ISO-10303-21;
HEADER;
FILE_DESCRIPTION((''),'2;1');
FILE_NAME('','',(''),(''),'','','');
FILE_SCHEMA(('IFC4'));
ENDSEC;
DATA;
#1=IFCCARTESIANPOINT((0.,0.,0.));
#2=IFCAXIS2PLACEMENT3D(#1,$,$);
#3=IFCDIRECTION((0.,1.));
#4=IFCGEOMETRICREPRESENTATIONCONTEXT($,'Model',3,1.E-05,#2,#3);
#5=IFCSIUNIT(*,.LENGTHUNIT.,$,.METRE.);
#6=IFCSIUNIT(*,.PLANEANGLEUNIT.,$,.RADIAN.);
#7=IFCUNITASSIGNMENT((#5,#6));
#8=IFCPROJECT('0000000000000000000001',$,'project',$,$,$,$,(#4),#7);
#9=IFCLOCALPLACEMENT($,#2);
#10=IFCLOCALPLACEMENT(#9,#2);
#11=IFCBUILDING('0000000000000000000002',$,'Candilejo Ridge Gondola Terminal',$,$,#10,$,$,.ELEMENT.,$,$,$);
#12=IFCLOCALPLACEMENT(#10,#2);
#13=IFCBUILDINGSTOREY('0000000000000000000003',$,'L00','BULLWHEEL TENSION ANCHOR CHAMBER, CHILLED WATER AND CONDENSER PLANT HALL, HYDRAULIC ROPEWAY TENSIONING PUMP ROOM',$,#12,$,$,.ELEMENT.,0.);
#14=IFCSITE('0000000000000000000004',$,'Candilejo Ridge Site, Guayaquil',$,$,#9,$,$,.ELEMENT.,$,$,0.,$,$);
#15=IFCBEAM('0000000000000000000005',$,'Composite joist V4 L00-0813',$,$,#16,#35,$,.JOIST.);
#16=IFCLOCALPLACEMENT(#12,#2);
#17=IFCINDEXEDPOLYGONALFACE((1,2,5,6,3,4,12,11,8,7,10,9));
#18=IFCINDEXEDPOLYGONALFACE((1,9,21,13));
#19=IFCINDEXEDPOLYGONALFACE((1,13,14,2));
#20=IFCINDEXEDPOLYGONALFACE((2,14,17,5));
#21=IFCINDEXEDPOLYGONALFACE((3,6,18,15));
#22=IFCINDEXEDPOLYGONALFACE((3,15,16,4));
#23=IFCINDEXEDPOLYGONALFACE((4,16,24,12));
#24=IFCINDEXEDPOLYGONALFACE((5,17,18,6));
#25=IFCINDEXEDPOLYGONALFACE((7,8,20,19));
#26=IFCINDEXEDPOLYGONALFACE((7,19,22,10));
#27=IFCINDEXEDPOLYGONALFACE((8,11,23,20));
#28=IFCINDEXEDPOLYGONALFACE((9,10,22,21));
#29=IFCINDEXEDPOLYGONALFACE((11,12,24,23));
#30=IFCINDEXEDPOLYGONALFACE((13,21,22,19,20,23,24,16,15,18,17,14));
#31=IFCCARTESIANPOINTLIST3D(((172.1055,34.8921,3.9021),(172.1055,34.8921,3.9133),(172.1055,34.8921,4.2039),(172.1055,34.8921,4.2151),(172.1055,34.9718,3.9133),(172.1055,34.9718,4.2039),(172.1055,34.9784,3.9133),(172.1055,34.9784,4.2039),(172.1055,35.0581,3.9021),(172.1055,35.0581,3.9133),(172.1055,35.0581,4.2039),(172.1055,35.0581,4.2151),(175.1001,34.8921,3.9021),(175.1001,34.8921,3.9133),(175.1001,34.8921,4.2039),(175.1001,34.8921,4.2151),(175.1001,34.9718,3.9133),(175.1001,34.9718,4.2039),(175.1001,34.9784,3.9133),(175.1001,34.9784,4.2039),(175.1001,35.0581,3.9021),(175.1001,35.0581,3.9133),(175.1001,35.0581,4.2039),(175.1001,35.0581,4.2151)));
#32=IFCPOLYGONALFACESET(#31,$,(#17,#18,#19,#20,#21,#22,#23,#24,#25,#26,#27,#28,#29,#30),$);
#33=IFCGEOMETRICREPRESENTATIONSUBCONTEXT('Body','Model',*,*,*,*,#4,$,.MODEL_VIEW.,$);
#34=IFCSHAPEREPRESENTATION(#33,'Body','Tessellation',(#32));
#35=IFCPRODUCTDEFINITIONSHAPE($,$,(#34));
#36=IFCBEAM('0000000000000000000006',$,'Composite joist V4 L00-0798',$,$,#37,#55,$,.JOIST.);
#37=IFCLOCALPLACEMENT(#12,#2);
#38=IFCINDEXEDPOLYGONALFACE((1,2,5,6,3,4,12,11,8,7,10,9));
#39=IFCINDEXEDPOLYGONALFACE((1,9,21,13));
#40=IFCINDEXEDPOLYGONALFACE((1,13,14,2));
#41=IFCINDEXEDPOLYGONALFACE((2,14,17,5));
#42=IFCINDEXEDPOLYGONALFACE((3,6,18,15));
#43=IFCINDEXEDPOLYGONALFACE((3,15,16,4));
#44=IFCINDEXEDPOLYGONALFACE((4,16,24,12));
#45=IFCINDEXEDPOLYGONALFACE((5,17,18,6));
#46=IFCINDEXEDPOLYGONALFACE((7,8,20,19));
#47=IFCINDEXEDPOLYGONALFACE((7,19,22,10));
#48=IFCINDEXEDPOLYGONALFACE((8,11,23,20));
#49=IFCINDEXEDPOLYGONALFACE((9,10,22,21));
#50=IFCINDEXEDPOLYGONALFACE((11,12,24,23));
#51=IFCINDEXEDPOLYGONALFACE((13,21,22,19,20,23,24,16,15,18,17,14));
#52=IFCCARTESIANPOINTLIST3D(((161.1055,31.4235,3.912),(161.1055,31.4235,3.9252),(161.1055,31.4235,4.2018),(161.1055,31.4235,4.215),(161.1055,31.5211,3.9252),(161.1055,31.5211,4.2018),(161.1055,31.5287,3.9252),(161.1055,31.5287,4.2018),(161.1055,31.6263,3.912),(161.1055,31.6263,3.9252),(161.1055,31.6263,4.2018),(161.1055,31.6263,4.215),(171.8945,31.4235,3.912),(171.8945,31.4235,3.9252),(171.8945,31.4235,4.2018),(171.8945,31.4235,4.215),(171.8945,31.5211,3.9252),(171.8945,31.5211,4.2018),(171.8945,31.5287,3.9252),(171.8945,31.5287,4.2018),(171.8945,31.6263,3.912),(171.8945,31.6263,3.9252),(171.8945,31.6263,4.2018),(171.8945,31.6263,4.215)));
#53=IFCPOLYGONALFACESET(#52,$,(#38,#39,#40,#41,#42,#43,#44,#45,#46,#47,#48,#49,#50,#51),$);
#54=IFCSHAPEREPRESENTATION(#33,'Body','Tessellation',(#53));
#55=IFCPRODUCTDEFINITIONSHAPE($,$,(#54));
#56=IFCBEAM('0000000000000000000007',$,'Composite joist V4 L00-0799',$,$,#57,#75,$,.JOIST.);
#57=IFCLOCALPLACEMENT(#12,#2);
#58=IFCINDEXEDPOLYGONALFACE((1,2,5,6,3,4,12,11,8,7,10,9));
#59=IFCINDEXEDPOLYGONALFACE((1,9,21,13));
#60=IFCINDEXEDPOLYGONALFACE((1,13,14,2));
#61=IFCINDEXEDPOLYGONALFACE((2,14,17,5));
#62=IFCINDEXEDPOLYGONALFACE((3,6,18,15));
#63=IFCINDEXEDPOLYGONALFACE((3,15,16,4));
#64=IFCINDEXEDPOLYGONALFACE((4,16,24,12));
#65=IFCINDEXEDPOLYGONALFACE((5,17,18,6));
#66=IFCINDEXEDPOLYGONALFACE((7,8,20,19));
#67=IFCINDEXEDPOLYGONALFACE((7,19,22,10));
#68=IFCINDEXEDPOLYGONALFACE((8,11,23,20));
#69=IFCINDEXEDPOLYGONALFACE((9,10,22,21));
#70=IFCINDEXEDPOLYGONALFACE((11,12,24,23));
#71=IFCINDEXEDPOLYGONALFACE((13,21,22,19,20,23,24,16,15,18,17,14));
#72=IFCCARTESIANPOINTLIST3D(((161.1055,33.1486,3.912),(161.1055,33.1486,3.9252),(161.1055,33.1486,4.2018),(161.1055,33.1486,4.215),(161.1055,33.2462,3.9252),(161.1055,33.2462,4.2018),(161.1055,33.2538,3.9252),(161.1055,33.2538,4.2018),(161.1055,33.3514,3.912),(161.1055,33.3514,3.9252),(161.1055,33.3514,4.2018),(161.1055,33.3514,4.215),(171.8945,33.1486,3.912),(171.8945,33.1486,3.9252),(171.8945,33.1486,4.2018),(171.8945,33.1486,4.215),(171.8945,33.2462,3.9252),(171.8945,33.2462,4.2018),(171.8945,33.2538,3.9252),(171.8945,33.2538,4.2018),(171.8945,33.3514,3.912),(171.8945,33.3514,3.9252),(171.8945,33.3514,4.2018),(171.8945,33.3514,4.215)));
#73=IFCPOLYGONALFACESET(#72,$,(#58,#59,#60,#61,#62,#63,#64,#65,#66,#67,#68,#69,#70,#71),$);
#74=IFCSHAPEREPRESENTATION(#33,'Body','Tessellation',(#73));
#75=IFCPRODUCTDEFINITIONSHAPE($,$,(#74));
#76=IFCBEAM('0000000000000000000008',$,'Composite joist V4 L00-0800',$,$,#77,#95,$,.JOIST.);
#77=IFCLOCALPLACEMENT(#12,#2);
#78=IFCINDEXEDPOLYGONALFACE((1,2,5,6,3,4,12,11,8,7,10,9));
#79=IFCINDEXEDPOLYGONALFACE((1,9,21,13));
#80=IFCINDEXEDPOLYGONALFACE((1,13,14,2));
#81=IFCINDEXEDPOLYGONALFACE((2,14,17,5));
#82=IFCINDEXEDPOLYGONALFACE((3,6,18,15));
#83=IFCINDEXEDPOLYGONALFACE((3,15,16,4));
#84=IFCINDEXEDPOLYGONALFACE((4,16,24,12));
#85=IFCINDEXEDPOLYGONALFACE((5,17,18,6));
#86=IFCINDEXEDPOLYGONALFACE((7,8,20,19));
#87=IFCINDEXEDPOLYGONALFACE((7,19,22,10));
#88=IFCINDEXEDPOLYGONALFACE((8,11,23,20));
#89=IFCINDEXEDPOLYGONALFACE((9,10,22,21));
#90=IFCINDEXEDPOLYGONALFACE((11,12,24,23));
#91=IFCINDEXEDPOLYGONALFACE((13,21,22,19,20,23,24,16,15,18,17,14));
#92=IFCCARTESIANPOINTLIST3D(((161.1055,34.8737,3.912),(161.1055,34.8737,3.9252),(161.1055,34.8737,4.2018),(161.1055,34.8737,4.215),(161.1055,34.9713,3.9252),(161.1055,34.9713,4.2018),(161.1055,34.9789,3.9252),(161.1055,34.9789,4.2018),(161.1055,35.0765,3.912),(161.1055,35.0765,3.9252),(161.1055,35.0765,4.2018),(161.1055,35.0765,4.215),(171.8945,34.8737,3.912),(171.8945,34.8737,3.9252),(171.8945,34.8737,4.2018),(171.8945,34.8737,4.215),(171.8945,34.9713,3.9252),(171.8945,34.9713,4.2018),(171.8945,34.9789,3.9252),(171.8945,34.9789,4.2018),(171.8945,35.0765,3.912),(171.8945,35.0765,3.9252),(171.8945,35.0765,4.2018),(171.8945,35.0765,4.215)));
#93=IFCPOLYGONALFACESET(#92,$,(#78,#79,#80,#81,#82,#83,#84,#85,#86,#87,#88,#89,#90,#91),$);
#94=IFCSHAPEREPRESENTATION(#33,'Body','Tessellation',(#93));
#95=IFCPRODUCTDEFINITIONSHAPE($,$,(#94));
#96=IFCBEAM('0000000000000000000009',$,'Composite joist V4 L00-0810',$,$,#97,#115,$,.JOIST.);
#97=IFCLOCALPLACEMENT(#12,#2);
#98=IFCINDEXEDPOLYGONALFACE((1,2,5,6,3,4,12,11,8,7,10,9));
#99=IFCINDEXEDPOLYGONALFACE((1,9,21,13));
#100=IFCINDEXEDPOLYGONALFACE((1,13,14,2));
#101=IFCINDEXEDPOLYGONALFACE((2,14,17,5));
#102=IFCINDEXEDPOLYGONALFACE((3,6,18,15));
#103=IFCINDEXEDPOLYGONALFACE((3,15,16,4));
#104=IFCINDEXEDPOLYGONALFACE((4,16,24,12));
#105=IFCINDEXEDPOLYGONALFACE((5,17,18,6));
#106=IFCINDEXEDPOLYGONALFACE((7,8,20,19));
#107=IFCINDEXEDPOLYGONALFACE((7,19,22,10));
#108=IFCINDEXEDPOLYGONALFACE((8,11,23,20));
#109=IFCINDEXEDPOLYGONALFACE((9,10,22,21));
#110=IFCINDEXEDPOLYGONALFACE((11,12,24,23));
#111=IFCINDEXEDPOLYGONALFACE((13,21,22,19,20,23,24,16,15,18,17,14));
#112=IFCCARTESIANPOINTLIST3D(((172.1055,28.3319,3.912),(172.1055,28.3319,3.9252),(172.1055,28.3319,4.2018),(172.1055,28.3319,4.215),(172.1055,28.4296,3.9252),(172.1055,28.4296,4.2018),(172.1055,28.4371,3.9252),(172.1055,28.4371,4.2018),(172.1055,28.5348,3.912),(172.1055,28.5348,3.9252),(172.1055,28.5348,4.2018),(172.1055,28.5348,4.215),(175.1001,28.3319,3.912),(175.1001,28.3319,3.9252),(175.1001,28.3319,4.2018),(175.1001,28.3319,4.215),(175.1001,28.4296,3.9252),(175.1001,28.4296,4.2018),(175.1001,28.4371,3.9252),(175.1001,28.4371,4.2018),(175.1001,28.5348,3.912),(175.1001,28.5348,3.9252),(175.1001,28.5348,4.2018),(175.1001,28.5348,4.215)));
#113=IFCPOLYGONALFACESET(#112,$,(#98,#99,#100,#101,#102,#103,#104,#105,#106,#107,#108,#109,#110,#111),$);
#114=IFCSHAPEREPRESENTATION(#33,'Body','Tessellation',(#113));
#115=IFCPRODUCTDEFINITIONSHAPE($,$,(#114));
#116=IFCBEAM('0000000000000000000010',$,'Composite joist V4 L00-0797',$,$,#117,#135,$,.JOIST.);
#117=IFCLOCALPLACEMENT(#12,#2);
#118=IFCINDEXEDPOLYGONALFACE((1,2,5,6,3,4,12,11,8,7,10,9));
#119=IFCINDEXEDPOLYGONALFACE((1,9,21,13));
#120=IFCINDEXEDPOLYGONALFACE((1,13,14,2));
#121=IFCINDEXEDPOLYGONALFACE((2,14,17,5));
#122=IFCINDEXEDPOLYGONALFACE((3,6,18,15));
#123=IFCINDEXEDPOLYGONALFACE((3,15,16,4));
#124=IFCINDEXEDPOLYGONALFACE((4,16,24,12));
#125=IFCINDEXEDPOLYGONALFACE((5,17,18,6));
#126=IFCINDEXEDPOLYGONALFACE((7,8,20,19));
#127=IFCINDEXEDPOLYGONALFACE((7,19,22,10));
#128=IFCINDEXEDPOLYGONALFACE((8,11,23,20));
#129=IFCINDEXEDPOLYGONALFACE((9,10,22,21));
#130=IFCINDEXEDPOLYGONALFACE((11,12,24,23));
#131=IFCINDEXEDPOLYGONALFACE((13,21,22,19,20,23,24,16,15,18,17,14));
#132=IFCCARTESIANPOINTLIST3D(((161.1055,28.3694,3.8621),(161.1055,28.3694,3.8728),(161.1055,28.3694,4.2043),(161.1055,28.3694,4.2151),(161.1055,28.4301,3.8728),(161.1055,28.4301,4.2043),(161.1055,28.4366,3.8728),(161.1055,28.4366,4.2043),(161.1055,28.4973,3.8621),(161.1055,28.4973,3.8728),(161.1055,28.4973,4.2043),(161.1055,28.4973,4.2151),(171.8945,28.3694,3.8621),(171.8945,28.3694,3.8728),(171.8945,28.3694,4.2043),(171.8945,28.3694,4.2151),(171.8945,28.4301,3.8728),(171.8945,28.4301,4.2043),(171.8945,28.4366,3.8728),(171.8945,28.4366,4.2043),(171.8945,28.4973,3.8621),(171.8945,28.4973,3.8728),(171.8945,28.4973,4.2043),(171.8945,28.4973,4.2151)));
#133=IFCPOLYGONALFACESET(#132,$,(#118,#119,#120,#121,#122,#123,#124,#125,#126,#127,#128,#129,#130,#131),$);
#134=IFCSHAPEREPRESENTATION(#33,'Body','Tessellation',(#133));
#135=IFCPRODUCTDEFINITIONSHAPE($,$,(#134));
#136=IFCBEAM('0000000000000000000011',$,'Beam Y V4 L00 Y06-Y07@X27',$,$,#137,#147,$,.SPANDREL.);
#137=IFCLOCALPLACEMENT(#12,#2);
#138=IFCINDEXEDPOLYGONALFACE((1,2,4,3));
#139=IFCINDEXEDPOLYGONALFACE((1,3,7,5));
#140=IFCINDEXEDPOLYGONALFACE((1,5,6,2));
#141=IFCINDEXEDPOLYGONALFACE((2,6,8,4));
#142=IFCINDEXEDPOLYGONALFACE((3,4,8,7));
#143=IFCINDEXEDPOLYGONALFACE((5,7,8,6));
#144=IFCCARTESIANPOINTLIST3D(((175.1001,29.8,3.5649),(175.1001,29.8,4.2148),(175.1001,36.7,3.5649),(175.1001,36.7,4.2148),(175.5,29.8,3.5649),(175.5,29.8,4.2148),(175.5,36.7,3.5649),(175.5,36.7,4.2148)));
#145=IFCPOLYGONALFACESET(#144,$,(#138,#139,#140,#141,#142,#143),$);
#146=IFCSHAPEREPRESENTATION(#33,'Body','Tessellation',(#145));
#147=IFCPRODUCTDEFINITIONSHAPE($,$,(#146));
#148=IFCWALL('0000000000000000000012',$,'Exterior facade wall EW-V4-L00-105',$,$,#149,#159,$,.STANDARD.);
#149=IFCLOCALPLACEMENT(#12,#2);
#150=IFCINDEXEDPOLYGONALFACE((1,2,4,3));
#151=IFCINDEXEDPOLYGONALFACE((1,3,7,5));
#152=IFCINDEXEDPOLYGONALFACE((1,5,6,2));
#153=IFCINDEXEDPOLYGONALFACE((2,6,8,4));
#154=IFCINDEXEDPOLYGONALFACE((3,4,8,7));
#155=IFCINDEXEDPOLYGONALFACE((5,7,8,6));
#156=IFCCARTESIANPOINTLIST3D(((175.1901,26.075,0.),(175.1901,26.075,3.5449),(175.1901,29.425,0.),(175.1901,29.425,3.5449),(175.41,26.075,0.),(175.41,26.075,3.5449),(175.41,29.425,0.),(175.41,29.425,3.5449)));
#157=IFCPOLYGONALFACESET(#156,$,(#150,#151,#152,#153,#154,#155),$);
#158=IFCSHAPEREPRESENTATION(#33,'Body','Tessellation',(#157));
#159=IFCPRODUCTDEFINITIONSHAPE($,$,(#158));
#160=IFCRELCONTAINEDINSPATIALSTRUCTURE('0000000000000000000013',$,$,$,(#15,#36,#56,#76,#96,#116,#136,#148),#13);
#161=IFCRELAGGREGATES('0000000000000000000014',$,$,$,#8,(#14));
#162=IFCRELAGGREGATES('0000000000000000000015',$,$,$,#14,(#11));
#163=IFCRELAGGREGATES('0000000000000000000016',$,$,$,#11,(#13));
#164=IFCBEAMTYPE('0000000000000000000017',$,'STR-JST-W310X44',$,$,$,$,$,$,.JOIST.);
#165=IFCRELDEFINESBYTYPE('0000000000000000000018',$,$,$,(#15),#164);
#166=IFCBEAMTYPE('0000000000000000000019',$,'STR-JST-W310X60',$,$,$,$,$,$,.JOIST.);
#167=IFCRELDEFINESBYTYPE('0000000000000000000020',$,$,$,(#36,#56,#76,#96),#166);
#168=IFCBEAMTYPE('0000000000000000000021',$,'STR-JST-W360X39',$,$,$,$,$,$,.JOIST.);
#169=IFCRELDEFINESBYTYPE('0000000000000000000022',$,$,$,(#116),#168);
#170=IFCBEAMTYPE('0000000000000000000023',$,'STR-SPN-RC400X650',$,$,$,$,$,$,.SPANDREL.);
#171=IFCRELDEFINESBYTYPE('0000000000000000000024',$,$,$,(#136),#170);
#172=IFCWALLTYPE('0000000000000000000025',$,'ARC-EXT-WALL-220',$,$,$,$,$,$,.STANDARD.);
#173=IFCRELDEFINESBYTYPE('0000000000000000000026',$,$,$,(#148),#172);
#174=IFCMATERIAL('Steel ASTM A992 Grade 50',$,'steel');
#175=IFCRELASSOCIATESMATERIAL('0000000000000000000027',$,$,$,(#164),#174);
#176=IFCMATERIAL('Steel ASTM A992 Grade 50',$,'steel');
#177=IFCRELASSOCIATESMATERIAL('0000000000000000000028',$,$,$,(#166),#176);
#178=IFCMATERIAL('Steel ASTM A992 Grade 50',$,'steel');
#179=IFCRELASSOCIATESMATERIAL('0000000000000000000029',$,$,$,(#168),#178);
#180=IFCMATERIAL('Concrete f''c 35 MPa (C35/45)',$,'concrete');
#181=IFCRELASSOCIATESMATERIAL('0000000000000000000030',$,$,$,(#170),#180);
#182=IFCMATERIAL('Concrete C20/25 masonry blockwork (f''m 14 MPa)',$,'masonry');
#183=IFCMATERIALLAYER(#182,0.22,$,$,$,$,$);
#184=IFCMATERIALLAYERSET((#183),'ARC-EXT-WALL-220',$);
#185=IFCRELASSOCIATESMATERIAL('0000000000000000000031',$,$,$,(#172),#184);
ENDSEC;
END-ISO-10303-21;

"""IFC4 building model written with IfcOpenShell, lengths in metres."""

from ifc_helpers import new_model, si_unit, direction, frame, frame_2d, origin, origin_2d, place, context, subcontext, project, spatial, rectangle, i_section, extrude, material, layer, layer_set, material_profile, profile_set, type_object, element, save


model = new_model("IFC4")

# Units and contexts
model_context = context("Model", 3, precision=1e-05, world=origin(), true_north=direction((0.0, 1.0)))
body_context = subcontext(model_context, "Body", "Model", "MODEL_VIEW")
ifc_project = project(units=[si_unit("LENGTHUNIT", "METRE"), si_unit("PLANEANGLEUNIT", "RADIAN")], contexts=[model_context])

# Site, building, storey
site_placement = place(None, origin())
site = spatial("IfcSite", under=ifc_project, at=site_placement, Name="Candilejo Ridge Site, Guayaquil", CompositionType="ELEMENT", RefElevation=0.0)
building_placement = place(site_placement, origin())
building = spatial("IfcBuilding", under=site, at=building_placement, Name="Candilejo Ridge Gondola Terminal", CompositionType="ELEMENT")
storey_placement = place(building_placement, origin())
storey = spatial("IfcBuildingStorey", under=building, at=storey_placement, Name="L00", Description="BULLWHEEL TENSION ANCHOR CHAMBER, CHILLED WATER AND CONDENSER PLANT HALL, HYDRAULIC ROPEWAY TENSIONING PUMP ROOM", CompositionType="ELEMENT", Elevation=0.0)

# Beams
ifc_material_1 = material(Name="Steel ASTM A992 Grade 50", Category="steel")
ifc_material_profile_1 = material_profile(ifc_material_1, i_section(OverallWidth=0.166, OverallDepth=0.313, WebThickness=0.0066, FlangeThickness=0.0112, at=origin_2d()))
ifc_profile_set_1 = profile_set([ifc_material_profile_1], Name="Steel ASTM A992 Grade 50")
beam_type_1 = type_object("IfcBeamType", Name="STR-JST-W310X44", PredefinedType="JOIST", material=ifc_profile_set_1)
for number, where, z_axis, x_axis, name in (
    (1, (172.1055, 34.9751, 4.0586), (1.0, 0.0, 0.0), (0.0, 1.0, 0.0), "Composite joist V4 L00-0813"),
):
    element("IfcBeam", number, at=place(storey_placement, frame(where, z_axis=z_axis, x_axis=x_axis)), inside=storey, type_object=beam_type_1, Name=name, PredefinedType="JOIST", context=body_context, shape_type="SweptSolid", body=[
        extrude(i_section(OverallWidth=0.166, OverallDepth=0.313, WebThickness=0.0066, FlangeThickness=0.0112, at=origin_2d()), origin(), (0.0, 0.0, 1.0), 2.9946),
    ])
ifc_material_2 = material(Name="Steel ASTM A992 Grade 50", Category="steel")
ifc_material_profile_2 = material_profile(ifc_material_2, i_section(OverallWidth=0.2029, OverallDepth=0.303, WebThickness=0.0076, FlangeThickness=0.0132, at=origin_2d()))
ifc_profile_set_2 = profile_set([ifc_material_profile_2], Name="Steel ASTM A992 Grade 50")
beam_type_2 = type_object("IfcBeamType", Name="STR-JST-W310X60", PredefinedType="JOIST", material=ifc_profile_set_2)
for number, where, z_axis, x_axis, name in (
    (2, (161.1055, 31.5249, 4.0635), (1.0, 0.0, 0.0), (0.0, 1.0, 0.0), "Composite joist V4 L00-0798"),
    (3, (161.1055, 33.25, 4.0635), (1.0, 0.0, 0.0), (0.0, 1.0, 0.0), "Composite joist V4 L00-0799"),
    (4, (161.1055, 34.9751, 4.0635), (1.0, 0.0, 0.0), (0.0, 1.0, 0.0), "Composite joist V4 L00-0800"),
):
    element("IfcBeam", number, at=place(storey_placement, frame(where, z_axis=z_axis, x_axis=x_axis)), inside=storey, type_object=beam_type_2, Name=name, PredefinedType="JOIST", context=body_context, shape_type="SweptSolid", body=[
        extrude(i_section(OverallWidth=0.2029, OverallDepth=0.303, WebThickness=0.0076, FlangeThickness=0.0132, at=origin_2d()), origin(), (0.0, 0.0, 1.0), 10.7891),
    ])
beam_1_placement = place(storey_placement, frame((172.1055, 28.4333, 4.0635), z_axis=(1.0, 0.0, 0.0), x_axis=(0.0, 1.0, 0.0)))
element("IfcBeam", 5, at=beam_1_placement, inside=storey, type_object=beam_type_2, Name="Composite joist V4 L00-0810", PredefinedType="JOIST", context=body_context, shape_type="SweptSolid", body=[
    extrude(i_section(OverallWidth=0.2029, OverallDepth=0.303, WebThickness=0.0076, FlangeThickness=0.0132, at=origin_2d()), origin(), (0.0, 0.0, 1.0), 2.9946),
])
ifc_material_3 = material(Name="Steel ASTM A992 Grade 50", Category="steel")
ifc_material_profile_3 = material_profile(ifc_material_3, i_section(OverallWidth=0.1279, OverallDepth=0.353, WebThickness=0.0066, FlangeThickness=0.0107, at=origin_2d()))
ifc_profile_set_3 = profile_set([ifc_material_profile_3], Name="Steel ASTM A992 Grade 50")
beam_type_3 = type_object("IfcBeamType", Name="STR-JST-W360X39", PredefinedType="JOIST", material=ifc_profile_set_3)
beam_2_placement = place(storey_placement, frame((161.1055, 28.4333, 4.0386), z_axis=(1.0, 0.0, 0.0), x_axis=(0.0, 1.0, 0.0)))
element("IfcBeam", 6, at=beam_2_placement, inside=storey, type_object=beam_type_3, Name="Composite joist V4 L00-0797", PredefinedType="JOIST", context=body_context, shape_type="SweptSolid", body=[
    extrude(i_section(OverallWidth=0.1279, OverallDepth=0.353, WebThickness=0.0066, FlangeThickness=0.0107, at=origin_2d()), origin(), (0.0, 0.0, 1.0), 10.7891),
])
ifc_material_4 = material(Name="Concrete f'c 35 MPa (C35/45)", Category="concrete")
ifc_material_profile_4 = material_profile(ifc_material_4, rectangle(XDim=0.3999, YDim=0.6499, at=origin_2d()))
ifc_profile_set_4 = profile_set([ifc_material_profile_4], Name="Concrete f'c 35 MPa (C35/45)")
beam_type_4 = type_object("IfcBeamType", Name="STR-SPN-RC400X650", PredefinedType="SPANDREL", material=ifc_profile_set_4)
beam_3_placement = place(storey_placement, frame((175.3, 29.8, 3.8899), z_axis=(0.0, 1.0, 0.0), x_axis=(-1.0, 0.0, 0.0)))
element("IfcBeam", 7, at=beam_3_placement, inside=storey, type_object=beam_type_4, Name="Beam Y V4 L00 Y06-Y07@X27", PredefinedType="SPANDREL", context=body_context, shape_type="SweptSolid", body=[
    extrude(rectangle(XDim=0.3999, YDim=0.6499, at=origin_2d()), origin(), (0.0, 0.0, 1.0), 6.8999),
])

# Wall
ifc_material_5 = material(Name="Concrete C20/25 masonry blockwork (f'm 14 MPa)", Category="masonry")
ifc_layer = layer(ifc_material_5, 0.22)
ifc_layer_set = layer_set([ifc_layer], Name="ARC-EXT-WALL-220")
wall_type = type_object("IfcWallType", Name="ARC-EXT-WALL-220", PredefinedType="STANDARD", material=ifc_layer_set)
wall_1_placement = place(storey_placement, frame((175.3, 29.425, 0.0), z_axis=(0.0, 0.0, 1.0), x_axis=(0.0, -1.0, 0.0)))
element("IfcWall", 8, at=wall_1_placement, inside=storey, type_object=wall_type, Name="Exterior facade wall EW-V4-L00-105", PredefinedType="STANDARD", context=body_context, shape_type="SweptSolid", body=[
    extrude(rectangle(XDim=3.3501, YDim=0.22, at=frame_2d((1.675, 0.0))), origin(), (0.0, 0.0, 1.0), 3.5449),
])

save(model, "model.ifc")
